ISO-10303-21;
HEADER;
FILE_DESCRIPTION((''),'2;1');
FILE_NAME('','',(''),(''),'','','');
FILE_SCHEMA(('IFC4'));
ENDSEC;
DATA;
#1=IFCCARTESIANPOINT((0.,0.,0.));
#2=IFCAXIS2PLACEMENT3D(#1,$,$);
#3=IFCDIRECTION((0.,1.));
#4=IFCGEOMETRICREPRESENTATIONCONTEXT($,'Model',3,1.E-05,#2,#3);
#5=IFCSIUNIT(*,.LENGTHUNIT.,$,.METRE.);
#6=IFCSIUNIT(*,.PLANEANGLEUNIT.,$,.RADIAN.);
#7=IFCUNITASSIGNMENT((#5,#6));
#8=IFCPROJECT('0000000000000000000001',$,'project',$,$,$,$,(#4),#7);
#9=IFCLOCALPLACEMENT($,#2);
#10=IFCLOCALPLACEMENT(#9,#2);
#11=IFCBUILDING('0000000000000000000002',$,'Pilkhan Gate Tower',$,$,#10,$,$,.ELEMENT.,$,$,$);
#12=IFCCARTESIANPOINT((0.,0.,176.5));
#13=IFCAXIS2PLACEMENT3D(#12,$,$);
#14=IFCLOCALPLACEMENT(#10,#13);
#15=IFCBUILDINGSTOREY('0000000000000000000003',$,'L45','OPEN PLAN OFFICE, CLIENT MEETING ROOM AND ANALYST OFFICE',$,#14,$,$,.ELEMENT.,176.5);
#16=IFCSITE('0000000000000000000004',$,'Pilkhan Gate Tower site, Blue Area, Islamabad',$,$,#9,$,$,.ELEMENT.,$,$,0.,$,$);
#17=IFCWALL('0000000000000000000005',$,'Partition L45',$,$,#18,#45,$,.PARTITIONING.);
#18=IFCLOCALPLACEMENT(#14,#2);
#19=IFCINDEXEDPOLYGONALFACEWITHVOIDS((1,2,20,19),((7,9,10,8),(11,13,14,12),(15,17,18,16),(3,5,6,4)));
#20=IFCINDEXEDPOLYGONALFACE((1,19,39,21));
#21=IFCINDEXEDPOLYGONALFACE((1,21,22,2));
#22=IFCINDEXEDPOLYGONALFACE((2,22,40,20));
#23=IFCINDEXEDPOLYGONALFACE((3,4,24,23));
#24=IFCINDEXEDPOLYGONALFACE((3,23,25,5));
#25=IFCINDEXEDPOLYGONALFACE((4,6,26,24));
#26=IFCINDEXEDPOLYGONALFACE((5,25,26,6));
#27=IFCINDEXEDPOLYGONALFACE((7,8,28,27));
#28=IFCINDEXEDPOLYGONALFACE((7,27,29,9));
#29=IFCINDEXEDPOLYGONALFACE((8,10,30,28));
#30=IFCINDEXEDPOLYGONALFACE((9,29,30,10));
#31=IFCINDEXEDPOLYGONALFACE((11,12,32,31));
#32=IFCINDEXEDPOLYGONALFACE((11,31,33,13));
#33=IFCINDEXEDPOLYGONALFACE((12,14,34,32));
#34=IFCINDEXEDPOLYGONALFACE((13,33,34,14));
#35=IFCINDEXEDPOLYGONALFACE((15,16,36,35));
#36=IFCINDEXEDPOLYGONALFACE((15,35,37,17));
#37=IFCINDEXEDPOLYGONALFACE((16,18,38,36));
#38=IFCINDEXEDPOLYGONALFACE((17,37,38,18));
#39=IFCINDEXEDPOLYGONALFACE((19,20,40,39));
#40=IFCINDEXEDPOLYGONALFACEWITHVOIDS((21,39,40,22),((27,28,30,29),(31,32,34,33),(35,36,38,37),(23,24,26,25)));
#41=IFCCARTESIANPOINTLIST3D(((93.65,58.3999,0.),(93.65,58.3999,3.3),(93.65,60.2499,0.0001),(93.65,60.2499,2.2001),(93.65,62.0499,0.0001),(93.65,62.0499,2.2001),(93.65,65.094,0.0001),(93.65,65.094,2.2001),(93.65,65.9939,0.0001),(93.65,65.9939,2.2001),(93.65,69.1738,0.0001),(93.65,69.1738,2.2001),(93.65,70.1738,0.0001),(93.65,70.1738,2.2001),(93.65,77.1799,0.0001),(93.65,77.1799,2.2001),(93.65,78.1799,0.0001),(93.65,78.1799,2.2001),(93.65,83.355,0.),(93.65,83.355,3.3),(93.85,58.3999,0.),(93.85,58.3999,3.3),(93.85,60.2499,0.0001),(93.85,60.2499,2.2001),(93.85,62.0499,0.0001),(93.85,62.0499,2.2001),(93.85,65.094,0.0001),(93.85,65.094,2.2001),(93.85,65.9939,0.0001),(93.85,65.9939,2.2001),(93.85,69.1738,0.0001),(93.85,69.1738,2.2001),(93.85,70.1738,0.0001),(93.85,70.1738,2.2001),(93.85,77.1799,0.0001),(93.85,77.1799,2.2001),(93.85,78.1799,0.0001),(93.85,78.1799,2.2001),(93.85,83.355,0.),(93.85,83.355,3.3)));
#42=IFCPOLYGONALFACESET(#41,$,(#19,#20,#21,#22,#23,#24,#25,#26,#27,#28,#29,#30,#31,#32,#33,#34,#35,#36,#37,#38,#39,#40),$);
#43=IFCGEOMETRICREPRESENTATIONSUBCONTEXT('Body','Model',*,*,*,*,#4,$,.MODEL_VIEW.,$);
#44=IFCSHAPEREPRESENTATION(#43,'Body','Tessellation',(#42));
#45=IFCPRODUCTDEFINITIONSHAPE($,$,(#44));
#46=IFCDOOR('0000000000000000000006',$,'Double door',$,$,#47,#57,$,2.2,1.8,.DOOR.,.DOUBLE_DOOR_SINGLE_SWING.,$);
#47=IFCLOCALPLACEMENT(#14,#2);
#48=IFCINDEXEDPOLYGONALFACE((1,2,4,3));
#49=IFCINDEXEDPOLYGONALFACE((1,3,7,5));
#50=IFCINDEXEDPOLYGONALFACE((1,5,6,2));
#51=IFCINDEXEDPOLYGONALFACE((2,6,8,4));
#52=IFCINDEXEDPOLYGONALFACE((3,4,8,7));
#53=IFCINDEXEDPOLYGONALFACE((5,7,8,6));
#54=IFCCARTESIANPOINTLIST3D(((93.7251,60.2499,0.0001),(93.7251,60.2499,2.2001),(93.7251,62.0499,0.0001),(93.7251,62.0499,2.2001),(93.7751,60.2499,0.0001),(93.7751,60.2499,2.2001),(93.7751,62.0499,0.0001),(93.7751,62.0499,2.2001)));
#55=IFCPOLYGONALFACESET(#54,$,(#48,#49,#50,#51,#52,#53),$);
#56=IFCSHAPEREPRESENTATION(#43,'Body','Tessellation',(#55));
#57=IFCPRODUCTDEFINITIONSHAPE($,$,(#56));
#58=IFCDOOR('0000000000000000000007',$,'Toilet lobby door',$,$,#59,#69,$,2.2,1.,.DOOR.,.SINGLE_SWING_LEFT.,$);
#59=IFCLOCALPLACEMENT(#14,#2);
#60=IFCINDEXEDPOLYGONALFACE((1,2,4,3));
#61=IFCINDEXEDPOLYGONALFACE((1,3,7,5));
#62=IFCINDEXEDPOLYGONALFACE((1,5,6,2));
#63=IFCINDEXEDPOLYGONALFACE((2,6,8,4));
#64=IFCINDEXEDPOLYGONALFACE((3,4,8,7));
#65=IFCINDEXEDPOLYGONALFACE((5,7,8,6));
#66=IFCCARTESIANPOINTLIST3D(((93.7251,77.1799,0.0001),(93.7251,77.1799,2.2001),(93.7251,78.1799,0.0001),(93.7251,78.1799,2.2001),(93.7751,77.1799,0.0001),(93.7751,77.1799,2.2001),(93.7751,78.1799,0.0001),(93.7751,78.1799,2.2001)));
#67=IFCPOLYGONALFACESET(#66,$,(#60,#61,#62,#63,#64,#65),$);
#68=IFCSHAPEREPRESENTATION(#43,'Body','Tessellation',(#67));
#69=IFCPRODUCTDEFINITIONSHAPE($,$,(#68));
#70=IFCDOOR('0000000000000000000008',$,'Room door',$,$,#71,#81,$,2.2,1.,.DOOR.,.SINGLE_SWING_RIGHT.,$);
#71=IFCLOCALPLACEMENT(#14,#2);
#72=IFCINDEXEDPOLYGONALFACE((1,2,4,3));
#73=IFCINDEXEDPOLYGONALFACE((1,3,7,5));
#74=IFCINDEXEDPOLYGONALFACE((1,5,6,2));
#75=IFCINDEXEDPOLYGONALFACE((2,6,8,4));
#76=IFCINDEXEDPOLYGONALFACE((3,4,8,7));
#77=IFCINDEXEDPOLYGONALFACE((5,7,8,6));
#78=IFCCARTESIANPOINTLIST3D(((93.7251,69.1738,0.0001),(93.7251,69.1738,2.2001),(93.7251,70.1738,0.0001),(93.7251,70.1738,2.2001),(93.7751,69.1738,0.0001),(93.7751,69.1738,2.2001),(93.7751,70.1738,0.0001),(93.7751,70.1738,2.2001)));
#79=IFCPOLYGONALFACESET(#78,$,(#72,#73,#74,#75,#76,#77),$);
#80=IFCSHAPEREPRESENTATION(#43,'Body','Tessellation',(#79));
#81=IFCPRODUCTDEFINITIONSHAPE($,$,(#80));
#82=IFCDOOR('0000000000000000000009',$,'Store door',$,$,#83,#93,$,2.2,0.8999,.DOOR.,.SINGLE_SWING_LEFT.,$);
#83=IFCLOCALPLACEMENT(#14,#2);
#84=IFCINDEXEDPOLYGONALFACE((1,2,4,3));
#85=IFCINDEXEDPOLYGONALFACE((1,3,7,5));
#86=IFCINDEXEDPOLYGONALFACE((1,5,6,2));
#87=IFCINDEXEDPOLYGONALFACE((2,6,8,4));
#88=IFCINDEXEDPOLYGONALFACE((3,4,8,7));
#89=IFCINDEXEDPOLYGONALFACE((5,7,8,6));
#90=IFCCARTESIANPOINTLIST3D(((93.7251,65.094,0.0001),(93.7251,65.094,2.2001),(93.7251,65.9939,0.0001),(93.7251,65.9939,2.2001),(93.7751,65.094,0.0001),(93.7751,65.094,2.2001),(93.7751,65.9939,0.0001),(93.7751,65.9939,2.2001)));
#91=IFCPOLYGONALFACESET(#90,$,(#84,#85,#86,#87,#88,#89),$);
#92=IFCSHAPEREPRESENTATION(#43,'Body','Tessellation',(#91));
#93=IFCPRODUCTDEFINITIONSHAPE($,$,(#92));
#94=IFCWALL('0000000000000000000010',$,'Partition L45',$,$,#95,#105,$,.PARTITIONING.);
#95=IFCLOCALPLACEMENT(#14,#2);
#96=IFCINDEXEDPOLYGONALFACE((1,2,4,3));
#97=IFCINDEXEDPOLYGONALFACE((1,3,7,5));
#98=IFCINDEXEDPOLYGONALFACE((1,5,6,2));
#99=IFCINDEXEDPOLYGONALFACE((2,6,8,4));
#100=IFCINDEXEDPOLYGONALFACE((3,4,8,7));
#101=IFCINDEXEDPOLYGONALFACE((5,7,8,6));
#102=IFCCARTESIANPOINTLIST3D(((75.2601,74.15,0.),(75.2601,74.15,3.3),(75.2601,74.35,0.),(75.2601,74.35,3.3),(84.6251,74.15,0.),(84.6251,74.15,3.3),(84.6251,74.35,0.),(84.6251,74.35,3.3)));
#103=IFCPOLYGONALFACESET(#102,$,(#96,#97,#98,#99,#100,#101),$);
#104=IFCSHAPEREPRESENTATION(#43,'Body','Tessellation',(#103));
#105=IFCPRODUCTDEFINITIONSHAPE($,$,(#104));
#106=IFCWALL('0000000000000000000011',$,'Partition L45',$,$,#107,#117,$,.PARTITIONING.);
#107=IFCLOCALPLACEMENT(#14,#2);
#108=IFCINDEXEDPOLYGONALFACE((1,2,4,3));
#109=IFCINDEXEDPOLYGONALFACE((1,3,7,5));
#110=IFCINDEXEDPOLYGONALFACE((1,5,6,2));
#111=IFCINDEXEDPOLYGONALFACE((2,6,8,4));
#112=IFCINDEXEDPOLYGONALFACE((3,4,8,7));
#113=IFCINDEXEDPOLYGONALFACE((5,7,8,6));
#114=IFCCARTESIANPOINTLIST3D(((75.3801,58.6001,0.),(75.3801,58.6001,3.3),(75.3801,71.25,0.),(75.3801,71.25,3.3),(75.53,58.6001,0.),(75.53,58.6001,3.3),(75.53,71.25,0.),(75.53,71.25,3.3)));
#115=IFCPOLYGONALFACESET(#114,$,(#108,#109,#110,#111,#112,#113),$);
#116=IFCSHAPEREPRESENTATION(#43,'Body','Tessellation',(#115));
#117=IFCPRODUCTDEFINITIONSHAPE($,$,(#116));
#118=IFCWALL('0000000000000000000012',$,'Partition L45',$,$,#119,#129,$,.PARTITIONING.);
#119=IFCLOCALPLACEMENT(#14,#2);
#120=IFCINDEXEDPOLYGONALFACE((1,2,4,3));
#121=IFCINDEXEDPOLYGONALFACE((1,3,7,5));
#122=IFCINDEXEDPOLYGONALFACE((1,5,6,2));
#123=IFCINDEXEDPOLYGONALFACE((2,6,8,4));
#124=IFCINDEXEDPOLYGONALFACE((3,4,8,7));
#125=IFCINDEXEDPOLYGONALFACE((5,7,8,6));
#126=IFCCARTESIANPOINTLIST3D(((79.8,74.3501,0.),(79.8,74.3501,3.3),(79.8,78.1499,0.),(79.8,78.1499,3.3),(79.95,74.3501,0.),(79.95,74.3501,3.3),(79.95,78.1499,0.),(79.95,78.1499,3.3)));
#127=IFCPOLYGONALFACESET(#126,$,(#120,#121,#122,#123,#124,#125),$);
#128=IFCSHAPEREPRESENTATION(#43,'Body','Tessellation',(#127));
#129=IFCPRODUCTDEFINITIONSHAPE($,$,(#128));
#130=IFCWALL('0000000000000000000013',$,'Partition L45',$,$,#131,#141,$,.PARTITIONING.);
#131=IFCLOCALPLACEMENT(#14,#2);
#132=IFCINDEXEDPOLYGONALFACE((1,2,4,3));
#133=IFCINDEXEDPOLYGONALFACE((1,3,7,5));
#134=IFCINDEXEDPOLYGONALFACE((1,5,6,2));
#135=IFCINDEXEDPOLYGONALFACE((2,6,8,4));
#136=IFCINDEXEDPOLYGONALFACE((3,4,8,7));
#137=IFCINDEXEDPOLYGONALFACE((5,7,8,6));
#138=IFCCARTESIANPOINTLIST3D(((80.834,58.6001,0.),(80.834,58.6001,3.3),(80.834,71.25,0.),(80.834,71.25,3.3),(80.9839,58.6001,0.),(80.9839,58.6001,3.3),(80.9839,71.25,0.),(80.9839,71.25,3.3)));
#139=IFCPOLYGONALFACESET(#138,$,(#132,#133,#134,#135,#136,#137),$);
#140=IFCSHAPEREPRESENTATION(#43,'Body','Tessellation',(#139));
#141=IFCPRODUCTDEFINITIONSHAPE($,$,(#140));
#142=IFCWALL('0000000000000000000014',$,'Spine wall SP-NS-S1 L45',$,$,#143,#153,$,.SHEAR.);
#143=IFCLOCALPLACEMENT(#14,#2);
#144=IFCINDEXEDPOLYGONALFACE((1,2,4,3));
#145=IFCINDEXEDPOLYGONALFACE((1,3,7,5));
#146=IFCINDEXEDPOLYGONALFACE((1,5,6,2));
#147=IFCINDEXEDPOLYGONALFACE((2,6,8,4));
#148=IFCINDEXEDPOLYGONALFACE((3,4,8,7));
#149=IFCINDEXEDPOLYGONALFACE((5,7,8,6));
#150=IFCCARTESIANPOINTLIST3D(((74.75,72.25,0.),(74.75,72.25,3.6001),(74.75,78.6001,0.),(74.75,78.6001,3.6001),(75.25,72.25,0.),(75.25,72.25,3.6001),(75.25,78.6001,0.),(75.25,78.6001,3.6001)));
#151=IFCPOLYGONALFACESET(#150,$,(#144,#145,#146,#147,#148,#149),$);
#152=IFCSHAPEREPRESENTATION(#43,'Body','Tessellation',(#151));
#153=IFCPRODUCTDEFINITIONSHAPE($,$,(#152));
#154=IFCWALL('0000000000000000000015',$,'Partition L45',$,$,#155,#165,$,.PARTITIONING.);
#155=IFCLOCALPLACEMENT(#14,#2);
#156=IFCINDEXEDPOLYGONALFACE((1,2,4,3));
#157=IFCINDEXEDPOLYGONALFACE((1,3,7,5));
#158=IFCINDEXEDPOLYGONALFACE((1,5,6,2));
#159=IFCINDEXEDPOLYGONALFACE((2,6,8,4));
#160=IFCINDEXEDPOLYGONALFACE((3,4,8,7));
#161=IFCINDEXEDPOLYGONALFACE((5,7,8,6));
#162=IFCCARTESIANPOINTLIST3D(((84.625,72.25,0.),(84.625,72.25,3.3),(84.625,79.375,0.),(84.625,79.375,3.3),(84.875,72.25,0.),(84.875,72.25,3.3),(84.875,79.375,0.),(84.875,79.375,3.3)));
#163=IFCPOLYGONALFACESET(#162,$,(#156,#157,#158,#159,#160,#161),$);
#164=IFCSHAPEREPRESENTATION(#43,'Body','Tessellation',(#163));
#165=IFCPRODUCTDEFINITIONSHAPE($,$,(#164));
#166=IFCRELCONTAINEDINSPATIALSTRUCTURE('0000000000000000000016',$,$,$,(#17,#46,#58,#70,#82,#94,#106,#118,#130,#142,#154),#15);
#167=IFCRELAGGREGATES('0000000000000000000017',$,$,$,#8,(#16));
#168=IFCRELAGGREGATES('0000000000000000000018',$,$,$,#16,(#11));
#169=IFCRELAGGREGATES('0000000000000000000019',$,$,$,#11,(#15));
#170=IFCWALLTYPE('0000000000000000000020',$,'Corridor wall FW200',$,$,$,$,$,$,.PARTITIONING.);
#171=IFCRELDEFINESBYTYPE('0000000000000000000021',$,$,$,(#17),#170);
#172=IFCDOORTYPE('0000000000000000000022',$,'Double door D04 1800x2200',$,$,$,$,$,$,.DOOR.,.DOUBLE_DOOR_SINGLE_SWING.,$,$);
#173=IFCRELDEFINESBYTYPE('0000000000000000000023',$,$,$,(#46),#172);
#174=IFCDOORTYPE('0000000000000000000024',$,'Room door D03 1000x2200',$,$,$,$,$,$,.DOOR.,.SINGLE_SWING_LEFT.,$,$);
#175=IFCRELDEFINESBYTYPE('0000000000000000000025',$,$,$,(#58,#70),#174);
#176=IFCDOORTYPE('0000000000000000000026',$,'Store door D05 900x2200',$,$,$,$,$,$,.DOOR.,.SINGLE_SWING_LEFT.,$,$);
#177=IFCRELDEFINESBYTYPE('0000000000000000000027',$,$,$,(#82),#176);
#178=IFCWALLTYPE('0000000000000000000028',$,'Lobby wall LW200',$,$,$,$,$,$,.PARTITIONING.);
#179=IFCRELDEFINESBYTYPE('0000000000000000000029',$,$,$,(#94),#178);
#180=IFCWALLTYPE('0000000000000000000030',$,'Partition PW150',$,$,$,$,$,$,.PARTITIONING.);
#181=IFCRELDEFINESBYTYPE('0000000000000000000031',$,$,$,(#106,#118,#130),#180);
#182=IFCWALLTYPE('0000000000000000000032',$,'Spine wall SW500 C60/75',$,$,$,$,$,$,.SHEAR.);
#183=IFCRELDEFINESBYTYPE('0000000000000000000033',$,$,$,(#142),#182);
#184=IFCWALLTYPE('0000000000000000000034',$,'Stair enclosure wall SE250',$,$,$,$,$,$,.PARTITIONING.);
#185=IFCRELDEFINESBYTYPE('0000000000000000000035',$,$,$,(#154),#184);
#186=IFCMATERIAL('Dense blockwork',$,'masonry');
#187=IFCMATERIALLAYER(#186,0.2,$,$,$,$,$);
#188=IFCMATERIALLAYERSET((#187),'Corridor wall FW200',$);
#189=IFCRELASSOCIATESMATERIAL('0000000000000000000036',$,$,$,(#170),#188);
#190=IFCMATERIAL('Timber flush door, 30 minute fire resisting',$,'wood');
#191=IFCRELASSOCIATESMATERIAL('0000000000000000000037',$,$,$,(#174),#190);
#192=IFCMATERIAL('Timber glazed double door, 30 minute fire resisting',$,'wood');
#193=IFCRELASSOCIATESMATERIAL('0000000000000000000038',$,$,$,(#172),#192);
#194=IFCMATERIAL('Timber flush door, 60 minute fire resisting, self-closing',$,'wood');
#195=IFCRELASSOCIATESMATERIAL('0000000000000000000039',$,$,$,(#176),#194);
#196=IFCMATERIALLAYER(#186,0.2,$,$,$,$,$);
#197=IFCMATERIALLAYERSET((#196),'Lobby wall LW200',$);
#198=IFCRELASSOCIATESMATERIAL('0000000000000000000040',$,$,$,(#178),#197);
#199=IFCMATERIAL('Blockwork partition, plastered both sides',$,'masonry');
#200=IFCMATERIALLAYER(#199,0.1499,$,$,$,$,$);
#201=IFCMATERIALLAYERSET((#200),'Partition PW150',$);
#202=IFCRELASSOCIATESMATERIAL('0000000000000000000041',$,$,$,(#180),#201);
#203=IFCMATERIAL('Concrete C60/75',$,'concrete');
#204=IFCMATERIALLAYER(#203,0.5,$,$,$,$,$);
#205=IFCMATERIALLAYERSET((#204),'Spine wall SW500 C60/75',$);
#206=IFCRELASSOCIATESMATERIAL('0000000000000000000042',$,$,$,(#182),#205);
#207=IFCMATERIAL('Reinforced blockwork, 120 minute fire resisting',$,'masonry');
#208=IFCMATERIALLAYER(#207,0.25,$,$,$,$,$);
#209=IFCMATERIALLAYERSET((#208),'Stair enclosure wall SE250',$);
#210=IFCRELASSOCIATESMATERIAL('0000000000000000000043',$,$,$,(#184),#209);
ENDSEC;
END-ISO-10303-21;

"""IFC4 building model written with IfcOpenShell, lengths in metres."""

from ifc_helpers import new_model, si_unit, direction, frame, frame_2d, origin, place, context, subcontext, project, spatial, rectangle, extrude, material, layer, layer_set, type_object, element, fill, save


model = new_model("IFC4")

# Units and contexts
model_context = context("Model", 3, precision=1e-05, world=origin(), true_north=direction((0.0, 1.0)))
body_context = subcontext(model_context, "Body", "Model", "MODEL_VIEW")
ifc_project = project(units=[si_unit("LENGTHUNIT", "METRE"), si_unit("PLANEANGLEUNIT", "RADIAN")], contexts=[model_context])

# Site, building, storey
site_placement = place(None, origin())
site = spatial("IfcSite", under=ifc_project, at=site_placement, Name="Pilkhan Gate Tower site, Blue Area, Islamabad", CompositionType="ELEMENT", RefElevation=0.0)
building_placement = place(site_placement, origin())
building = spatial("IfcBuilding", under=site, at=building_placement, Name="Pilkhan Gate Tower", CompositionType="ELEMENT")
storey_placement = place(building_placement, frame((0.0, 0.0, 176.5)))
storey = spatial("IfcBuildingStorey", under=building, at=storey_placement, Name="L45", Description="OPEN PLAN OFFICE, CLIENT MEETING ROOM AND ANALYST OFFICE", CompositionType="ELEMENT", Elevation=176.5)

# Shared definitions
ifc_material_1 = material(Name="Concrete C60/75", Category="concrete")

# Shared definitions
ifc_material_2 = material(Name="Dense blockwork", Category="masonry")
ifc_layer_1 = layer(ifc_material_2, 0.2)
ifc_layer_set_1 = layer_set([ifc_layer_1], Name="Corridor wall FW200")
wall_type_1 = type_object("IfcWallType", Name="Corridor wall FW200", PredefinedType="PARTITIONING", material=ifc_layer_set_1)

# Shared definitions
ifc_material_3 = material(Name="Timber flush door, 30 minute fire resisting", Category="wood")
door_type_1 = type_object("IfcDoorType", Name="Room door D03 1000x2200", OperationType="SINGLE_SWING_LEFT", PredefinedType="DOOR", material=ifc_material_3)

# Wall, openings, doors
wall_1_placement = place(storey_placement, frame((93.75, 58.3999, 0.0), z_axis=(0.0, 0.0, 1.0), x_axis=(0.0, 1.0, 0.0)))
wall_1 = element("IfcWall", 1, at=wall_1_placement, inside=storey, type_object=wall_type_1, Name="Partition L45", PredefinedType="PARTITIONING", context=body_context, shape_type="SweptSolid", body=[
    extrude(rectangle(XDim=24.9551, YDim=0.2, at=frame_2d((12.4775, 0.0))), origin(), (0.0, 0.0, 1.0), 3.3),
])
opening_1_placement = place(wall_1_placement, frame((18.78, 0.0, 0.0)))
opening_1 = element("IfcOpeningElement", 2, at=opening_1_placement, cuts=wall_1, PredefinedType="OPENING", context=body_context, shape_type="SweptSolid", body=[
    extrude(rectangle(XDim=1.0, YDim=2.2, at=frame_2d((0.5, 1.1001))), frame((0.0, 0.1099, 0.0), z_axis=(0.0, -1.0, 0.0), x_axis=(1.0, 0.0, 0.0)), (0.0, 0.0, 1.0), 0.22),
])
opening_2_placement = place(wall_1_placement, frame((1.8501, 0.0, 0.0)))
opening_2 = element("IfcOpeningElement", 3, at=opening_2_placement, cuts=wall_1, PredefinedType="OPENING", context=body_context, shape_type="SweptSolid", body=[
    extrude(rectangle(XDim=1.8, YDim=2.2, at=frame_2d((0.8999, 1.1001))), frame((0.0, 0.1099, 0.0), z_axis=(0.0, -1.0, 0.0), x_axis=(1.0, 0.0, 0.0)), (0.0, 0.0, 1.0), 0.22),
])
opening_3_placement = place(wall_1_placement, frame((6.6941, 0.0, 0.0)))
opening_3 = element("IfcOpeningElement", 4, at=opening_3_placement, cuts=wall_1, PredefinedType="OPENING", context=body_context, shape_type="SweptSolid", body=[
    extrude(rectangle(XDim=0.8999, YDim=2.2, at=frame_2d((0.45, 1.1001))), frame((0.0, 0.1099, 0.0), z_axis=(0.0, -1.0, 0.0), x_axis=(1.0, 0.0, 0.0)), (0.0, 0.0, 1.0), 0.22),
])
opening_4_placement = place(wall_1_placement, frame((10.7739, 0.0, 0.0)))
opening_4 = element("IfcOpeningElement", 5, at=opening_4_placement, cuts=wall_1, PredefinedType="OPENING", context=body_context, shape_type="SweptSolid", body=[
    extrude(rectangle(XDim=1.0, YDim=2.2, at=frame_2d((0.5, 1.1001))), frame((0.0, 0.1099, 0.0), z_axis=(0.0, -1.0, 0.0), x_axis=(1.0, 0.0, 0.0)), (0.0, 0.0, 1.0), 0.22),
])
ifc_material_4 = material(Name="Timber glazed double door, 30 minute fire resisting", Category="wood")
door_type_2 = type_object("IfcDoorType", Name="Double door D04 1800x2200", OperationType="DOUBLE_DOOR_SINGLE_SWING", PredefinedType="DOOR", material=ifc_material_4)
door_1_placement = place(opening_2_placement, origin())
door_1 = element("IfcDoor", 6, at=door_1_placement, inside=storey, type_object=door_type_2, Name="Double door", OperationType="DOUBLE_DOOR_SINGLE_SWING", OverallHeight=2.2, OverallWidth=1.8, PredefinedType="DOOR", context=body_context, shape_type="SweptSolid", body=[
    extrude(rectangle(XDim=1.8, YDim=2.2, at=frame_2d((0.8999, 1.1001))), frame((0.0, 0.0249, 0.0), z_axis=(0.0, -1.0, 0.0), x_axis=(1.0, 0.0, 0.0)), (0.0, 0.0, 1.0), 0.05),
])
fill(opening_2, door_1)
door_2_placement = place(opening_1_placement, origin())
door_2 = element("IfcDoor", 7, at=door_2_placement, inside=storey, type_object=door_type_1, Name="Toilet lobby door", OperationType="SINGLE_SWING_LEFT", OverallHeight=2.2, OverallWidth=1.0, PredefinedType="DOOR", context=body_context, shape_type="SweptSolid", body=[
    extrude(rectangle(XDim=1.0, YDim=2.2, at=frame_2d((0.5, 1.1001))), frame((0.0, 0.0249, 0.0), z_axis=(0.0, -1.0, 0.0), x_axis=(1.0, 0.0, 0.0)), (0.0, 0.0, 1.0), 0.05),
])
fill(opening_1, door_2)
door_3_placement = place(opening_4_placement, origin())
door_3 = element("IfcDoor", 8, at=door_3_placement, inside=storey, type_object=door_type_1, Name="Room door", OperationType="SINGLE_SWING_RIGHT", OverallHeight=2.2, OverallWidth=1.0, PredefinedType="DOOR", context=body_context, shape_type="SweptSolid", body=[
    extrude(rectangle(XDim=1.0, YDim=2.2, at=frame_2d((0.5, 1.1001))), frame((0.0, 0.0249, 0.0), z_axis=(0.0, -1.0, 0.0), x_axis=(1.0, 0.0, 0.0)), (0.0, 0.0, 1.0), 0.05),
])
fill(opening_4, door_3)
ifc_material_5 = material(Name="Timber flush door, 60 minute fire resisting, self-closing", Category="wood")
door_type_3 = type_object("IfcDoorType", Name="Store door D05 900x2200", OperationType="SINGLE_SWING_LEFT", PredefinedType="DOOR", material=ifc_material_5)
door_4_placement = place(opening_3_placement, origin())
door_4 = element("IfcDoor", 9, at=door_4_placement, inside=storey, type_object=door_type_3, Name="Store door", OperationType="SINGLE_SWING_LEFT", OverallHeight=2.2, OverallWidth=0.8999, PredefinedType="DOOR", context=body_context, shape_type="SweptSolid", body=[
    extrude(rectangle(XDim=0.8999, YDim=2.2, at=frame_2d((0.45, 1.1001))), frame((0.0, 0.0249, 0.0), z_axis=(0.0, -1.0, 0.0), x_axis=(1.0, 0.0, 0.0)), (0.0, 0.0, 1.0), 0.05),
])
fill(opening_3, door_4)

# Walls
ifc_layer_2 = layer(ifc_material_2, 0.2)
ifc_layer_set_2 = layer_set([ifc_layer_2], Name="Lobby wall LW200")
wall_type_2 = type_object("IfcWallType", Name="Lobby wall LW200", PredefinedType="PARTITIONING", material=ifc_layer_set_2)
wall_2_placement = place(storey_placement, frame((75.26, 74.25, 0.0), z_axis=(0.0, 0.0, 1.0), x_axis=(1.0, 0.0, 0.0)))
element("IfcWall", 10, at=wall_2_placement, inside=storey, type_object=wall_type_2, Name="Partition L45", PredefinedType="PARTITIONING", context=body_context, shape_type="SweptSolid", body=[
    extrude(rectangle(XDim=9.365, YDim=0.2, at=frame_2d((4.6826, 0.0))), origin(), (0.0, 0.0, 1.0), 3.3),
])
ifc_material_6 = material(Name="Blockwork partition, plastered both sides", Category="masonry")
ifc_layer_3 = layer(ifc_material_6, 0.1499)
ifc_layer_set_3 = layer_set([ifc_layer_3], Name="Partition PW150")
wall_type_3 = type_object("IfcWallType", Name="Partition PW150", PredefinedType="PARTITIONING", material=ifc_layer_set_3)
wall_3_placement = place(storey_placement, frame((75.4551, 58.6001, 0.0), z_axis=(0.0, 0.0, 1.0), x_axis=(0.0, 1.0, 0.0)))
element("IfcWall", 11, at=wall_3_placement, inside=storey, type_object=wall_type_3, Name="Partition L45", PredefinedType="PARTITIONING", context=body_context, shape_type="SweptSolid", body=[
    extrude(rectangle(XDim=12.6499, YDim=0.1499, at=frame_2d((6.325, 0.0))), origin(), (0.0, 0.0, 1.0), 3.3),
])
wall_4_placement = place(storey_placement, frame((79.875, 74.3501, 0.0), z_axis=(0.0, 0.0, 1.0), x_axis=(0.0, 1.0, 0.0)))
element("IfcWall", 12, at=wall_4_placement, inside=storey, type_object=wall_type_3, Name="Partition L45", PredefinedType="PARTITIONING", context=body_context, shape_type="SweptSolid", body=[
    extrude(rectangle(XDim=3.7998, YDim=0.1499, at=frame_2d((1.8999, 0.0))), origin(), (0.0, 0.0, 1.0), 3.3),
])
wall_5_placement = place(storey_placement, frame((80.9089, 58.6001, 0.0), z_axis=(0.0, 0.0, 1.0), x_axis=(0.0, 1.0, 0.0)))
element("IfcWall", 13, at=wall_5_placement, inside=storey, type_object=wall_type_3, Name="Partition L45", PredefinedType="PARTITIONING", context=body_context, shape_type="SweptSolid", body=[
    extrude(rectangle(XDim=12.6499, YDim=0.1499, at=frame_2d((6.325, 0.0))), origin(), (0.0, 0.0, 1.0), 3.3),
])
ifc_layer_4 = layer(ifc_material_1, 0.5)
ifc_layer_set_4 = layer_set([ifc_layer_4], Name="Spine wall SW500 C60/75")
wall_type_4 = type_object("IfcWallType", Name="Spine wall SW500 C60/75", PredefinedType="SHEAR", material=ifc_layer_set_4)
wall_6_placement = place(storey_placement, frame((75.0, 72.25, 0.0), z_axis=(0.0, 0.0, 1.0), x_axis=(0.0, 1.0, 0.0)))
element("IfcWall", 14, at=wall_6_placement, inside=storey, type_object=wall_type_4, Name="Spine wall SP-NS-S1 L45", PredefinedType="SHEAR", context=body_context, shape_type="SweptSolid", body=[
    extrude(rectangle(XDim=6.3501, YDim=0.5, at=frame_2d((3.175, 0.0))), origin(), (0.0, 0.0, 1.0), 3.6001),
])
ifc_material_7 = material(Name="Reinforced blockwork, 120 minute fire resisting", Category="masonry")
ifc_layer_5 = layer(ifc_material_7, 0.25)
ifc_layer_set_5 = layer_set([ifc_layer_5], Name="Stair enclosure wall SE250")
wall_type_5 = type_object("IfcWallType", Name="Stair enclosure wall SE250", PredefinedType="PARTITIONING", material=ifc_layer_set_5)
wall_7_placement = place(storey_placement, frame((84.75, 72.25, 0.0), z_axis=(0.0, 0.0, 1.0), x_axis=(0.0, 1.0, 0.0)))
element("IfcWall", 15, at=wall_7_placement, inside=storey, type_object=wall_type_5, Name="Partition L45", PredefinedType="PARTITIONING", context=body_context, shape_type="SweptSolid", body=[
    extrude(rectangle(XDim=7.125, YDim=0.25, at=frame_2d((3.5625, 0.0))), origin(), (0.0, 0.0, 1.0), 3.3),
])

save(model, "model.ifc")
